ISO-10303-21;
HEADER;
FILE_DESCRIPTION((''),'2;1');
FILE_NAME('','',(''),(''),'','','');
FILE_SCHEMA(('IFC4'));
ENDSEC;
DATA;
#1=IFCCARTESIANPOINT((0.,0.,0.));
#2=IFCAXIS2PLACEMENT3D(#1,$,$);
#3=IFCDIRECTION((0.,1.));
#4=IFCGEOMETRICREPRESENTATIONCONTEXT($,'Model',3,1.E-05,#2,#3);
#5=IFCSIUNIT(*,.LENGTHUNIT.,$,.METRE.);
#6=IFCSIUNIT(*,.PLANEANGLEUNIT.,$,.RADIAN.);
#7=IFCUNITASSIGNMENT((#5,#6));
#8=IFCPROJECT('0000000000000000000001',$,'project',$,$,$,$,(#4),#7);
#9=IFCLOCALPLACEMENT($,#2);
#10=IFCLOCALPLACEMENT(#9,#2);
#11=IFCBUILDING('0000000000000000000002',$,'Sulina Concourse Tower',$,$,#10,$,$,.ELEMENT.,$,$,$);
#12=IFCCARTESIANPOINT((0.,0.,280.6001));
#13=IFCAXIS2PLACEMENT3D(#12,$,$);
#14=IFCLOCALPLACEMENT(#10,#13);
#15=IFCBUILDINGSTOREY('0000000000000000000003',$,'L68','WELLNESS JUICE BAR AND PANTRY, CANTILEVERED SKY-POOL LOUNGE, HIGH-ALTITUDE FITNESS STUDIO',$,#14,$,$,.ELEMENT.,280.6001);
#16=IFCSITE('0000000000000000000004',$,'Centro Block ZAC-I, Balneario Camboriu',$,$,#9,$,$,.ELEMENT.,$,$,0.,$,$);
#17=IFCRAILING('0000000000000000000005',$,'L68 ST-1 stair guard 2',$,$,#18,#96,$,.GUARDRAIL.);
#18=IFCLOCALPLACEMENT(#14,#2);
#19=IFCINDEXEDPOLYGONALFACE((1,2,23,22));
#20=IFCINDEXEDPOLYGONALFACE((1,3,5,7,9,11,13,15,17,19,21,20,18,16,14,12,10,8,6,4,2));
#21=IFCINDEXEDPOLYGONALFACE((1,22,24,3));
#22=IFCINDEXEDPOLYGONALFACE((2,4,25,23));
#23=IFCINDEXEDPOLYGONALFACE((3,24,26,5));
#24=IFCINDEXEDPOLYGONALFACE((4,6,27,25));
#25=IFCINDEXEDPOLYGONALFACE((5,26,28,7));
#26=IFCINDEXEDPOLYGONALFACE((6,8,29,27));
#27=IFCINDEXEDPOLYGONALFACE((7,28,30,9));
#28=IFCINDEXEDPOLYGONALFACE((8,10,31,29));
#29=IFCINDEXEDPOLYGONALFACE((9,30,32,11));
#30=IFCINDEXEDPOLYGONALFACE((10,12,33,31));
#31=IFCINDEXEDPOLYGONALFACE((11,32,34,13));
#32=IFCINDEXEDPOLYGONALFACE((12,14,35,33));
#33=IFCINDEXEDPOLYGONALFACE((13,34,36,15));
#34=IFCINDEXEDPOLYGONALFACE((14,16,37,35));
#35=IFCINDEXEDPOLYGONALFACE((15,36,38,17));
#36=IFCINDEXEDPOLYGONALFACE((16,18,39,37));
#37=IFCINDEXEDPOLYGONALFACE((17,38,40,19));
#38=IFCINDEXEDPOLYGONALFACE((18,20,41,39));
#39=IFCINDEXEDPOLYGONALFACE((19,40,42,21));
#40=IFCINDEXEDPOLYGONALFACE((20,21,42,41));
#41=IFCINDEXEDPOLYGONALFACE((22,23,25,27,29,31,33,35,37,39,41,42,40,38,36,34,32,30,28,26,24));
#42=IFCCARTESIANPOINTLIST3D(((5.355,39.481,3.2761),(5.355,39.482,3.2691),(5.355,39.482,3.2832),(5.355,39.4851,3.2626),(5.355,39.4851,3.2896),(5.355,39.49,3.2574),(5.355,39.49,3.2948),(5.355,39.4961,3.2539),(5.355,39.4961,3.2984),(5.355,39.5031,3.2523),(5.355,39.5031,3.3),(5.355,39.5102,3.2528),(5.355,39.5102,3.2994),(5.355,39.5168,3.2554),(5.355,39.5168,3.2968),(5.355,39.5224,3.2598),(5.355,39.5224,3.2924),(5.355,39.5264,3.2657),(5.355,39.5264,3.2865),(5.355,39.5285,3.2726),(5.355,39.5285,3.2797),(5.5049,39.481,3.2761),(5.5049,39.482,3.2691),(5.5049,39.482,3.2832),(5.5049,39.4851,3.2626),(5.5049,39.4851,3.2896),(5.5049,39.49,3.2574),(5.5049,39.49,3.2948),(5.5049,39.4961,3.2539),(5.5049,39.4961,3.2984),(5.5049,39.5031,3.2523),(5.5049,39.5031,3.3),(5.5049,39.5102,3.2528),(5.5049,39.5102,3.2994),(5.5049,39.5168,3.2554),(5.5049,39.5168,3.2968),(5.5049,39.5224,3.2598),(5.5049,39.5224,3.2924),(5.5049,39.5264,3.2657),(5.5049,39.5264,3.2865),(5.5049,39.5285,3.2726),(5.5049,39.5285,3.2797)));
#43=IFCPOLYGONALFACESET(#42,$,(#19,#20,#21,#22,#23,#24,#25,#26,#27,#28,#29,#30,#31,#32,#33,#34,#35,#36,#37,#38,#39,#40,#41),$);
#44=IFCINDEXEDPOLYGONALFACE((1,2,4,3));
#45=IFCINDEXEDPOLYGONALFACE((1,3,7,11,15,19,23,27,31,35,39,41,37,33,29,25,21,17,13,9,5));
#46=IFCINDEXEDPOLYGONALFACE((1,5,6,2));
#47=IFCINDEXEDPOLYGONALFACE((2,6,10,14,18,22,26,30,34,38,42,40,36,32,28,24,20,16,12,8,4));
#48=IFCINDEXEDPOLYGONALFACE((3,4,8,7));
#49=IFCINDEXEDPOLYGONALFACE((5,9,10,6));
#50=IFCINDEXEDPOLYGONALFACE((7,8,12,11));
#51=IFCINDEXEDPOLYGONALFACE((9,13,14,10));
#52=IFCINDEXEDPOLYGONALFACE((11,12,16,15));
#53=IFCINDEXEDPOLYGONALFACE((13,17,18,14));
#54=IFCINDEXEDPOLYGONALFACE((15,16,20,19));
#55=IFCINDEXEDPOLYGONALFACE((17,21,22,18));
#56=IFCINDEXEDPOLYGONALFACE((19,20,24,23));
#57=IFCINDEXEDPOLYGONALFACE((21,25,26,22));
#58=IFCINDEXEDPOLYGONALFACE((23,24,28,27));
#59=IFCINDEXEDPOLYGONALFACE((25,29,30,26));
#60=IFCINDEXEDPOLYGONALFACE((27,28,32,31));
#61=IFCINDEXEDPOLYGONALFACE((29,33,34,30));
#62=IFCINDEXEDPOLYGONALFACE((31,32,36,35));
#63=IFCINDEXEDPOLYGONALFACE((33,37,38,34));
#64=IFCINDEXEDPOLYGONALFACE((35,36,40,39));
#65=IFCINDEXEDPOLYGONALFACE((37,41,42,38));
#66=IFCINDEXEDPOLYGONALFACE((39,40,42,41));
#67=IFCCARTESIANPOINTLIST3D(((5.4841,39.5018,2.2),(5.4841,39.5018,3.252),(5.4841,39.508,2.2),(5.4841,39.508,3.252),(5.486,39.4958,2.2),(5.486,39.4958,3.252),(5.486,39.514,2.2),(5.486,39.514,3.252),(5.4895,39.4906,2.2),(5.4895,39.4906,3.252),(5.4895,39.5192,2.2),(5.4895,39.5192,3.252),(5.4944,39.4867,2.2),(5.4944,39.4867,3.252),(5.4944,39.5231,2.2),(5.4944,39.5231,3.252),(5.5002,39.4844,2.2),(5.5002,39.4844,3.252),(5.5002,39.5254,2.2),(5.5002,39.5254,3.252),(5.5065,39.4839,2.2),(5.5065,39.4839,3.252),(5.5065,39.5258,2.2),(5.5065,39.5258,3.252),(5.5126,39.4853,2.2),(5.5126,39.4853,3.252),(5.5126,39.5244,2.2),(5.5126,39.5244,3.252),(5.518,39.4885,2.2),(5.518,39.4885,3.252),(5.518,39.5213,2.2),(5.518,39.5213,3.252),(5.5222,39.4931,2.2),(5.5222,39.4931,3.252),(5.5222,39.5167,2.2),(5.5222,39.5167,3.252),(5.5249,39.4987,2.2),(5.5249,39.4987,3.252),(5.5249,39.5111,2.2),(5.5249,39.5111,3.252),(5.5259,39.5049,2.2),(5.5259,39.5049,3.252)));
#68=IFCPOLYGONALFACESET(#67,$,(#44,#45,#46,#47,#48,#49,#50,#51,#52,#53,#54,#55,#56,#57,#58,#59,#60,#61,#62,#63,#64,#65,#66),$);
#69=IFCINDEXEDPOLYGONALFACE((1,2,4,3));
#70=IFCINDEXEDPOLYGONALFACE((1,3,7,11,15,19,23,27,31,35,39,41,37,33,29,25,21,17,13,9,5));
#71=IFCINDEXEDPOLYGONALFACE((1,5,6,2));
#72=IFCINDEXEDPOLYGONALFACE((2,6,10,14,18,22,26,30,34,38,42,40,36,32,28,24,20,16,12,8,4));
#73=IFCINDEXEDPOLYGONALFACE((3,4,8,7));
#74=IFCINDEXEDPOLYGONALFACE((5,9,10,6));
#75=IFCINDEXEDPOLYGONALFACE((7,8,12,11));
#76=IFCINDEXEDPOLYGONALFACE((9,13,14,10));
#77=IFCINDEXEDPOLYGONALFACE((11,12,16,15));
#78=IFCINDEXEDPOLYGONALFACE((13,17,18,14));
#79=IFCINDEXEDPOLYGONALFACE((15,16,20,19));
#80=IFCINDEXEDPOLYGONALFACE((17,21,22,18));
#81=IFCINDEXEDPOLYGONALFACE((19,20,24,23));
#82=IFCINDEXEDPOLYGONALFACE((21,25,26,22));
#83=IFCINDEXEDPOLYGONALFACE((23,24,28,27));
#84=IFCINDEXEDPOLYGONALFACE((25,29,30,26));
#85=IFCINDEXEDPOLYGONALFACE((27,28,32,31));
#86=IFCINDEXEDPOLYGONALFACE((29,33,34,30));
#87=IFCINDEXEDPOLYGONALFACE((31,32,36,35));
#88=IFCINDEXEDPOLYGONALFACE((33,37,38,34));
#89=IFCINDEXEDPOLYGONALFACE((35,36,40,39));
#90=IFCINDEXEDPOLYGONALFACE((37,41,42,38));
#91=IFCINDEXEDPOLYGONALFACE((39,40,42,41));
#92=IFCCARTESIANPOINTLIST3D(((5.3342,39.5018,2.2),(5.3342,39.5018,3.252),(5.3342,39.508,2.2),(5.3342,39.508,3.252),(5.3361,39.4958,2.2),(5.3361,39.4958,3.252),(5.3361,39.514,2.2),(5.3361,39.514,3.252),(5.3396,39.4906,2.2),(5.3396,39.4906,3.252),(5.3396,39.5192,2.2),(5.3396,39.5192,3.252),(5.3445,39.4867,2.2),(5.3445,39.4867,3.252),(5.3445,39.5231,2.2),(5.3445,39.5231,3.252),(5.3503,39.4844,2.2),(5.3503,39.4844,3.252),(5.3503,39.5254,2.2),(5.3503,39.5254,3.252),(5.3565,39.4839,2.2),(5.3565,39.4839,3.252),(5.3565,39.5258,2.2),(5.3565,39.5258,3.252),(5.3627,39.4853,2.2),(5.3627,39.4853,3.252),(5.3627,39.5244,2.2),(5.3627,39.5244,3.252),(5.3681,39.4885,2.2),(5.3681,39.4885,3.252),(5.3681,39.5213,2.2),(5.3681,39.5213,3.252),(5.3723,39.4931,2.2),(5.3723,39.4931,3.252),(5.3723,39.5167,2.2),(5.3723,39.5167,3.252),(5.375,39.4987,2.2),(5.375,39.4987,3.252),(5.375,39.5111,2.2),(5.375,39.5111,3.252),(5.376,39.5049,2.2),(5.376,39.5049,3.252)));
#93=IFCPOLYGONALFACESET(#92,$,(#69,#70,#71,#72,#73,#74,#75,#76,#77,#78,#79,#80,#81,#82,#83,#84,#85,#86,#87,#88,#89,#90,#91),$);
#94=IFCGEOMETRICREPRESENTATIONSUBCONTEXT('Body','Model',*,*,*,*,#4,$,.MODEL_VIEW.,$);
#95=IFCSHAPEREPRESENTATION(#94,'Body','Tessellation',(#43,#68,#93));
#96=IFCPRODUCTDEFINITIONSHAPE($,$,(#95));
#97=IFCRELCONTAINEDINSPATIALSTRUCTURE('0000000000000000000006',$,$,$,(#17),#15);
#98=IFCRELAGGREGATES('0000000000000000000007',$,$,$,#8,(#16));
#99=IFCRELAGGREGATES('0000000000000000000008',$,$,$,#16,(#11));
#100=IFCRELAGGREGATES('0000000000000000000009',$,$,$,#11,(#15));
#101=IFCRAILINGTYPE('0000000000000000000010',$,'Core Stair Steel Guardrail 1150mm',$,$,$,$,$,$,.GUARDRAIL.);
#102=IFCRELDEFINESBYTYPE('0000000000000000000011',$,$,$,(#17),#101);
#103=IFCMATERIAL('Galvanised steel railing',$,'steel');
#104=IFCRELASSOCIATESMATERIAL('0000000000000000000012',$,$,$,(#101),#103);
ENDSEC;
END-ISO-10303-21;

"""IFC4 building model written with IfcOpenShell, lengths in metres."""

from ifc_helpers import new_model, si_unit, direction, frame, origin, origin_2d, place, context, subcontext, project, spatial, circle, extrude, material, type_object, element, save


model = new_model("IFC4")

# Units and contexts
model_context = context("Model", 3, precision=1e-05, world=origin(), true_north=direction((0.0, 1.0)))
body_context = subcontext(model_context, "Body", "Model", "MODEL_VIEW")
ifc_project = project(units=[si_unit("LENGTHUNIT", "METRE"), si_unit("PLANEANGLEUNIT", "RADIAN")], contexts=[model_context])

# Site, building, storey
site_placement = place(None, origin())
site = spatial("IfcSite", under=ifc_project, at=site_placement, Name="Centro Block ZAC-I, Balneario Camboriu", CompositionType="ELEMENT", RefElevation=0.0)
building_placement = place(site_placement, origin())
building = spatial("IfcBuilding", under=site, at=building_placement, Name="Sulina Concourse Tower", CompositionType="ELEMENT")
storey_placement = place(building_placement, frame((0.0, 0.0, 280.6001)))
storey = spatial("IfcBuildingStorey", under=building, at=storey_placement, Name="L68", Description="WELLNESS JUICE BAR AND PANTRY, CANTILEVERED SKY-POOL LOUNGE, HIGH-ALTITUDE FITNESS STUDIO", CompositionType="ELEMENT", Elevation=280.6001)

# Railing
ifc_material_1 = material(Name="Galvanised steel railing", Category="steel")
railing_type_1 = type_object("IfcRailingType", Name="Core Stair Steel Guardrail 1150mm", PredefinedType="GUARDRAIL", material=ifc_material_1)
railing_1_placement = place(storey_placement, frame((5.5049, 39.5049, 2.2)))
element("IfcRailing", 1, at=railing_1_placement, inside=storey, type_object=railing_type_1, Name="L68 ST-1 stair guard 2", PredefinedType="GUARDRAIL", context=body_context, shape_type="SweptSolid", body=[
    extrude(circle(Radius=0.0239, at=origin_2d()), frame((0.0, 0.0, 1.0762), z_axis=(-1.0, 0.0, 0.0), x_axis=(0.0, -1.0, 0.0)), (0.0, 0.0, 1.0), 0.1499),
    extrude(circle(Radius=0.021, at=origin_2d()), origin(), (0.0, 0.0, 1.0), 1.052),
    extrude(circle(Radius=0.021, at=origin_2d()), frame((-0.1499, 0.0, 0.0)), (0.0, 0.0, 1.0), 1.052),
])

save(model, "model.ifc")
